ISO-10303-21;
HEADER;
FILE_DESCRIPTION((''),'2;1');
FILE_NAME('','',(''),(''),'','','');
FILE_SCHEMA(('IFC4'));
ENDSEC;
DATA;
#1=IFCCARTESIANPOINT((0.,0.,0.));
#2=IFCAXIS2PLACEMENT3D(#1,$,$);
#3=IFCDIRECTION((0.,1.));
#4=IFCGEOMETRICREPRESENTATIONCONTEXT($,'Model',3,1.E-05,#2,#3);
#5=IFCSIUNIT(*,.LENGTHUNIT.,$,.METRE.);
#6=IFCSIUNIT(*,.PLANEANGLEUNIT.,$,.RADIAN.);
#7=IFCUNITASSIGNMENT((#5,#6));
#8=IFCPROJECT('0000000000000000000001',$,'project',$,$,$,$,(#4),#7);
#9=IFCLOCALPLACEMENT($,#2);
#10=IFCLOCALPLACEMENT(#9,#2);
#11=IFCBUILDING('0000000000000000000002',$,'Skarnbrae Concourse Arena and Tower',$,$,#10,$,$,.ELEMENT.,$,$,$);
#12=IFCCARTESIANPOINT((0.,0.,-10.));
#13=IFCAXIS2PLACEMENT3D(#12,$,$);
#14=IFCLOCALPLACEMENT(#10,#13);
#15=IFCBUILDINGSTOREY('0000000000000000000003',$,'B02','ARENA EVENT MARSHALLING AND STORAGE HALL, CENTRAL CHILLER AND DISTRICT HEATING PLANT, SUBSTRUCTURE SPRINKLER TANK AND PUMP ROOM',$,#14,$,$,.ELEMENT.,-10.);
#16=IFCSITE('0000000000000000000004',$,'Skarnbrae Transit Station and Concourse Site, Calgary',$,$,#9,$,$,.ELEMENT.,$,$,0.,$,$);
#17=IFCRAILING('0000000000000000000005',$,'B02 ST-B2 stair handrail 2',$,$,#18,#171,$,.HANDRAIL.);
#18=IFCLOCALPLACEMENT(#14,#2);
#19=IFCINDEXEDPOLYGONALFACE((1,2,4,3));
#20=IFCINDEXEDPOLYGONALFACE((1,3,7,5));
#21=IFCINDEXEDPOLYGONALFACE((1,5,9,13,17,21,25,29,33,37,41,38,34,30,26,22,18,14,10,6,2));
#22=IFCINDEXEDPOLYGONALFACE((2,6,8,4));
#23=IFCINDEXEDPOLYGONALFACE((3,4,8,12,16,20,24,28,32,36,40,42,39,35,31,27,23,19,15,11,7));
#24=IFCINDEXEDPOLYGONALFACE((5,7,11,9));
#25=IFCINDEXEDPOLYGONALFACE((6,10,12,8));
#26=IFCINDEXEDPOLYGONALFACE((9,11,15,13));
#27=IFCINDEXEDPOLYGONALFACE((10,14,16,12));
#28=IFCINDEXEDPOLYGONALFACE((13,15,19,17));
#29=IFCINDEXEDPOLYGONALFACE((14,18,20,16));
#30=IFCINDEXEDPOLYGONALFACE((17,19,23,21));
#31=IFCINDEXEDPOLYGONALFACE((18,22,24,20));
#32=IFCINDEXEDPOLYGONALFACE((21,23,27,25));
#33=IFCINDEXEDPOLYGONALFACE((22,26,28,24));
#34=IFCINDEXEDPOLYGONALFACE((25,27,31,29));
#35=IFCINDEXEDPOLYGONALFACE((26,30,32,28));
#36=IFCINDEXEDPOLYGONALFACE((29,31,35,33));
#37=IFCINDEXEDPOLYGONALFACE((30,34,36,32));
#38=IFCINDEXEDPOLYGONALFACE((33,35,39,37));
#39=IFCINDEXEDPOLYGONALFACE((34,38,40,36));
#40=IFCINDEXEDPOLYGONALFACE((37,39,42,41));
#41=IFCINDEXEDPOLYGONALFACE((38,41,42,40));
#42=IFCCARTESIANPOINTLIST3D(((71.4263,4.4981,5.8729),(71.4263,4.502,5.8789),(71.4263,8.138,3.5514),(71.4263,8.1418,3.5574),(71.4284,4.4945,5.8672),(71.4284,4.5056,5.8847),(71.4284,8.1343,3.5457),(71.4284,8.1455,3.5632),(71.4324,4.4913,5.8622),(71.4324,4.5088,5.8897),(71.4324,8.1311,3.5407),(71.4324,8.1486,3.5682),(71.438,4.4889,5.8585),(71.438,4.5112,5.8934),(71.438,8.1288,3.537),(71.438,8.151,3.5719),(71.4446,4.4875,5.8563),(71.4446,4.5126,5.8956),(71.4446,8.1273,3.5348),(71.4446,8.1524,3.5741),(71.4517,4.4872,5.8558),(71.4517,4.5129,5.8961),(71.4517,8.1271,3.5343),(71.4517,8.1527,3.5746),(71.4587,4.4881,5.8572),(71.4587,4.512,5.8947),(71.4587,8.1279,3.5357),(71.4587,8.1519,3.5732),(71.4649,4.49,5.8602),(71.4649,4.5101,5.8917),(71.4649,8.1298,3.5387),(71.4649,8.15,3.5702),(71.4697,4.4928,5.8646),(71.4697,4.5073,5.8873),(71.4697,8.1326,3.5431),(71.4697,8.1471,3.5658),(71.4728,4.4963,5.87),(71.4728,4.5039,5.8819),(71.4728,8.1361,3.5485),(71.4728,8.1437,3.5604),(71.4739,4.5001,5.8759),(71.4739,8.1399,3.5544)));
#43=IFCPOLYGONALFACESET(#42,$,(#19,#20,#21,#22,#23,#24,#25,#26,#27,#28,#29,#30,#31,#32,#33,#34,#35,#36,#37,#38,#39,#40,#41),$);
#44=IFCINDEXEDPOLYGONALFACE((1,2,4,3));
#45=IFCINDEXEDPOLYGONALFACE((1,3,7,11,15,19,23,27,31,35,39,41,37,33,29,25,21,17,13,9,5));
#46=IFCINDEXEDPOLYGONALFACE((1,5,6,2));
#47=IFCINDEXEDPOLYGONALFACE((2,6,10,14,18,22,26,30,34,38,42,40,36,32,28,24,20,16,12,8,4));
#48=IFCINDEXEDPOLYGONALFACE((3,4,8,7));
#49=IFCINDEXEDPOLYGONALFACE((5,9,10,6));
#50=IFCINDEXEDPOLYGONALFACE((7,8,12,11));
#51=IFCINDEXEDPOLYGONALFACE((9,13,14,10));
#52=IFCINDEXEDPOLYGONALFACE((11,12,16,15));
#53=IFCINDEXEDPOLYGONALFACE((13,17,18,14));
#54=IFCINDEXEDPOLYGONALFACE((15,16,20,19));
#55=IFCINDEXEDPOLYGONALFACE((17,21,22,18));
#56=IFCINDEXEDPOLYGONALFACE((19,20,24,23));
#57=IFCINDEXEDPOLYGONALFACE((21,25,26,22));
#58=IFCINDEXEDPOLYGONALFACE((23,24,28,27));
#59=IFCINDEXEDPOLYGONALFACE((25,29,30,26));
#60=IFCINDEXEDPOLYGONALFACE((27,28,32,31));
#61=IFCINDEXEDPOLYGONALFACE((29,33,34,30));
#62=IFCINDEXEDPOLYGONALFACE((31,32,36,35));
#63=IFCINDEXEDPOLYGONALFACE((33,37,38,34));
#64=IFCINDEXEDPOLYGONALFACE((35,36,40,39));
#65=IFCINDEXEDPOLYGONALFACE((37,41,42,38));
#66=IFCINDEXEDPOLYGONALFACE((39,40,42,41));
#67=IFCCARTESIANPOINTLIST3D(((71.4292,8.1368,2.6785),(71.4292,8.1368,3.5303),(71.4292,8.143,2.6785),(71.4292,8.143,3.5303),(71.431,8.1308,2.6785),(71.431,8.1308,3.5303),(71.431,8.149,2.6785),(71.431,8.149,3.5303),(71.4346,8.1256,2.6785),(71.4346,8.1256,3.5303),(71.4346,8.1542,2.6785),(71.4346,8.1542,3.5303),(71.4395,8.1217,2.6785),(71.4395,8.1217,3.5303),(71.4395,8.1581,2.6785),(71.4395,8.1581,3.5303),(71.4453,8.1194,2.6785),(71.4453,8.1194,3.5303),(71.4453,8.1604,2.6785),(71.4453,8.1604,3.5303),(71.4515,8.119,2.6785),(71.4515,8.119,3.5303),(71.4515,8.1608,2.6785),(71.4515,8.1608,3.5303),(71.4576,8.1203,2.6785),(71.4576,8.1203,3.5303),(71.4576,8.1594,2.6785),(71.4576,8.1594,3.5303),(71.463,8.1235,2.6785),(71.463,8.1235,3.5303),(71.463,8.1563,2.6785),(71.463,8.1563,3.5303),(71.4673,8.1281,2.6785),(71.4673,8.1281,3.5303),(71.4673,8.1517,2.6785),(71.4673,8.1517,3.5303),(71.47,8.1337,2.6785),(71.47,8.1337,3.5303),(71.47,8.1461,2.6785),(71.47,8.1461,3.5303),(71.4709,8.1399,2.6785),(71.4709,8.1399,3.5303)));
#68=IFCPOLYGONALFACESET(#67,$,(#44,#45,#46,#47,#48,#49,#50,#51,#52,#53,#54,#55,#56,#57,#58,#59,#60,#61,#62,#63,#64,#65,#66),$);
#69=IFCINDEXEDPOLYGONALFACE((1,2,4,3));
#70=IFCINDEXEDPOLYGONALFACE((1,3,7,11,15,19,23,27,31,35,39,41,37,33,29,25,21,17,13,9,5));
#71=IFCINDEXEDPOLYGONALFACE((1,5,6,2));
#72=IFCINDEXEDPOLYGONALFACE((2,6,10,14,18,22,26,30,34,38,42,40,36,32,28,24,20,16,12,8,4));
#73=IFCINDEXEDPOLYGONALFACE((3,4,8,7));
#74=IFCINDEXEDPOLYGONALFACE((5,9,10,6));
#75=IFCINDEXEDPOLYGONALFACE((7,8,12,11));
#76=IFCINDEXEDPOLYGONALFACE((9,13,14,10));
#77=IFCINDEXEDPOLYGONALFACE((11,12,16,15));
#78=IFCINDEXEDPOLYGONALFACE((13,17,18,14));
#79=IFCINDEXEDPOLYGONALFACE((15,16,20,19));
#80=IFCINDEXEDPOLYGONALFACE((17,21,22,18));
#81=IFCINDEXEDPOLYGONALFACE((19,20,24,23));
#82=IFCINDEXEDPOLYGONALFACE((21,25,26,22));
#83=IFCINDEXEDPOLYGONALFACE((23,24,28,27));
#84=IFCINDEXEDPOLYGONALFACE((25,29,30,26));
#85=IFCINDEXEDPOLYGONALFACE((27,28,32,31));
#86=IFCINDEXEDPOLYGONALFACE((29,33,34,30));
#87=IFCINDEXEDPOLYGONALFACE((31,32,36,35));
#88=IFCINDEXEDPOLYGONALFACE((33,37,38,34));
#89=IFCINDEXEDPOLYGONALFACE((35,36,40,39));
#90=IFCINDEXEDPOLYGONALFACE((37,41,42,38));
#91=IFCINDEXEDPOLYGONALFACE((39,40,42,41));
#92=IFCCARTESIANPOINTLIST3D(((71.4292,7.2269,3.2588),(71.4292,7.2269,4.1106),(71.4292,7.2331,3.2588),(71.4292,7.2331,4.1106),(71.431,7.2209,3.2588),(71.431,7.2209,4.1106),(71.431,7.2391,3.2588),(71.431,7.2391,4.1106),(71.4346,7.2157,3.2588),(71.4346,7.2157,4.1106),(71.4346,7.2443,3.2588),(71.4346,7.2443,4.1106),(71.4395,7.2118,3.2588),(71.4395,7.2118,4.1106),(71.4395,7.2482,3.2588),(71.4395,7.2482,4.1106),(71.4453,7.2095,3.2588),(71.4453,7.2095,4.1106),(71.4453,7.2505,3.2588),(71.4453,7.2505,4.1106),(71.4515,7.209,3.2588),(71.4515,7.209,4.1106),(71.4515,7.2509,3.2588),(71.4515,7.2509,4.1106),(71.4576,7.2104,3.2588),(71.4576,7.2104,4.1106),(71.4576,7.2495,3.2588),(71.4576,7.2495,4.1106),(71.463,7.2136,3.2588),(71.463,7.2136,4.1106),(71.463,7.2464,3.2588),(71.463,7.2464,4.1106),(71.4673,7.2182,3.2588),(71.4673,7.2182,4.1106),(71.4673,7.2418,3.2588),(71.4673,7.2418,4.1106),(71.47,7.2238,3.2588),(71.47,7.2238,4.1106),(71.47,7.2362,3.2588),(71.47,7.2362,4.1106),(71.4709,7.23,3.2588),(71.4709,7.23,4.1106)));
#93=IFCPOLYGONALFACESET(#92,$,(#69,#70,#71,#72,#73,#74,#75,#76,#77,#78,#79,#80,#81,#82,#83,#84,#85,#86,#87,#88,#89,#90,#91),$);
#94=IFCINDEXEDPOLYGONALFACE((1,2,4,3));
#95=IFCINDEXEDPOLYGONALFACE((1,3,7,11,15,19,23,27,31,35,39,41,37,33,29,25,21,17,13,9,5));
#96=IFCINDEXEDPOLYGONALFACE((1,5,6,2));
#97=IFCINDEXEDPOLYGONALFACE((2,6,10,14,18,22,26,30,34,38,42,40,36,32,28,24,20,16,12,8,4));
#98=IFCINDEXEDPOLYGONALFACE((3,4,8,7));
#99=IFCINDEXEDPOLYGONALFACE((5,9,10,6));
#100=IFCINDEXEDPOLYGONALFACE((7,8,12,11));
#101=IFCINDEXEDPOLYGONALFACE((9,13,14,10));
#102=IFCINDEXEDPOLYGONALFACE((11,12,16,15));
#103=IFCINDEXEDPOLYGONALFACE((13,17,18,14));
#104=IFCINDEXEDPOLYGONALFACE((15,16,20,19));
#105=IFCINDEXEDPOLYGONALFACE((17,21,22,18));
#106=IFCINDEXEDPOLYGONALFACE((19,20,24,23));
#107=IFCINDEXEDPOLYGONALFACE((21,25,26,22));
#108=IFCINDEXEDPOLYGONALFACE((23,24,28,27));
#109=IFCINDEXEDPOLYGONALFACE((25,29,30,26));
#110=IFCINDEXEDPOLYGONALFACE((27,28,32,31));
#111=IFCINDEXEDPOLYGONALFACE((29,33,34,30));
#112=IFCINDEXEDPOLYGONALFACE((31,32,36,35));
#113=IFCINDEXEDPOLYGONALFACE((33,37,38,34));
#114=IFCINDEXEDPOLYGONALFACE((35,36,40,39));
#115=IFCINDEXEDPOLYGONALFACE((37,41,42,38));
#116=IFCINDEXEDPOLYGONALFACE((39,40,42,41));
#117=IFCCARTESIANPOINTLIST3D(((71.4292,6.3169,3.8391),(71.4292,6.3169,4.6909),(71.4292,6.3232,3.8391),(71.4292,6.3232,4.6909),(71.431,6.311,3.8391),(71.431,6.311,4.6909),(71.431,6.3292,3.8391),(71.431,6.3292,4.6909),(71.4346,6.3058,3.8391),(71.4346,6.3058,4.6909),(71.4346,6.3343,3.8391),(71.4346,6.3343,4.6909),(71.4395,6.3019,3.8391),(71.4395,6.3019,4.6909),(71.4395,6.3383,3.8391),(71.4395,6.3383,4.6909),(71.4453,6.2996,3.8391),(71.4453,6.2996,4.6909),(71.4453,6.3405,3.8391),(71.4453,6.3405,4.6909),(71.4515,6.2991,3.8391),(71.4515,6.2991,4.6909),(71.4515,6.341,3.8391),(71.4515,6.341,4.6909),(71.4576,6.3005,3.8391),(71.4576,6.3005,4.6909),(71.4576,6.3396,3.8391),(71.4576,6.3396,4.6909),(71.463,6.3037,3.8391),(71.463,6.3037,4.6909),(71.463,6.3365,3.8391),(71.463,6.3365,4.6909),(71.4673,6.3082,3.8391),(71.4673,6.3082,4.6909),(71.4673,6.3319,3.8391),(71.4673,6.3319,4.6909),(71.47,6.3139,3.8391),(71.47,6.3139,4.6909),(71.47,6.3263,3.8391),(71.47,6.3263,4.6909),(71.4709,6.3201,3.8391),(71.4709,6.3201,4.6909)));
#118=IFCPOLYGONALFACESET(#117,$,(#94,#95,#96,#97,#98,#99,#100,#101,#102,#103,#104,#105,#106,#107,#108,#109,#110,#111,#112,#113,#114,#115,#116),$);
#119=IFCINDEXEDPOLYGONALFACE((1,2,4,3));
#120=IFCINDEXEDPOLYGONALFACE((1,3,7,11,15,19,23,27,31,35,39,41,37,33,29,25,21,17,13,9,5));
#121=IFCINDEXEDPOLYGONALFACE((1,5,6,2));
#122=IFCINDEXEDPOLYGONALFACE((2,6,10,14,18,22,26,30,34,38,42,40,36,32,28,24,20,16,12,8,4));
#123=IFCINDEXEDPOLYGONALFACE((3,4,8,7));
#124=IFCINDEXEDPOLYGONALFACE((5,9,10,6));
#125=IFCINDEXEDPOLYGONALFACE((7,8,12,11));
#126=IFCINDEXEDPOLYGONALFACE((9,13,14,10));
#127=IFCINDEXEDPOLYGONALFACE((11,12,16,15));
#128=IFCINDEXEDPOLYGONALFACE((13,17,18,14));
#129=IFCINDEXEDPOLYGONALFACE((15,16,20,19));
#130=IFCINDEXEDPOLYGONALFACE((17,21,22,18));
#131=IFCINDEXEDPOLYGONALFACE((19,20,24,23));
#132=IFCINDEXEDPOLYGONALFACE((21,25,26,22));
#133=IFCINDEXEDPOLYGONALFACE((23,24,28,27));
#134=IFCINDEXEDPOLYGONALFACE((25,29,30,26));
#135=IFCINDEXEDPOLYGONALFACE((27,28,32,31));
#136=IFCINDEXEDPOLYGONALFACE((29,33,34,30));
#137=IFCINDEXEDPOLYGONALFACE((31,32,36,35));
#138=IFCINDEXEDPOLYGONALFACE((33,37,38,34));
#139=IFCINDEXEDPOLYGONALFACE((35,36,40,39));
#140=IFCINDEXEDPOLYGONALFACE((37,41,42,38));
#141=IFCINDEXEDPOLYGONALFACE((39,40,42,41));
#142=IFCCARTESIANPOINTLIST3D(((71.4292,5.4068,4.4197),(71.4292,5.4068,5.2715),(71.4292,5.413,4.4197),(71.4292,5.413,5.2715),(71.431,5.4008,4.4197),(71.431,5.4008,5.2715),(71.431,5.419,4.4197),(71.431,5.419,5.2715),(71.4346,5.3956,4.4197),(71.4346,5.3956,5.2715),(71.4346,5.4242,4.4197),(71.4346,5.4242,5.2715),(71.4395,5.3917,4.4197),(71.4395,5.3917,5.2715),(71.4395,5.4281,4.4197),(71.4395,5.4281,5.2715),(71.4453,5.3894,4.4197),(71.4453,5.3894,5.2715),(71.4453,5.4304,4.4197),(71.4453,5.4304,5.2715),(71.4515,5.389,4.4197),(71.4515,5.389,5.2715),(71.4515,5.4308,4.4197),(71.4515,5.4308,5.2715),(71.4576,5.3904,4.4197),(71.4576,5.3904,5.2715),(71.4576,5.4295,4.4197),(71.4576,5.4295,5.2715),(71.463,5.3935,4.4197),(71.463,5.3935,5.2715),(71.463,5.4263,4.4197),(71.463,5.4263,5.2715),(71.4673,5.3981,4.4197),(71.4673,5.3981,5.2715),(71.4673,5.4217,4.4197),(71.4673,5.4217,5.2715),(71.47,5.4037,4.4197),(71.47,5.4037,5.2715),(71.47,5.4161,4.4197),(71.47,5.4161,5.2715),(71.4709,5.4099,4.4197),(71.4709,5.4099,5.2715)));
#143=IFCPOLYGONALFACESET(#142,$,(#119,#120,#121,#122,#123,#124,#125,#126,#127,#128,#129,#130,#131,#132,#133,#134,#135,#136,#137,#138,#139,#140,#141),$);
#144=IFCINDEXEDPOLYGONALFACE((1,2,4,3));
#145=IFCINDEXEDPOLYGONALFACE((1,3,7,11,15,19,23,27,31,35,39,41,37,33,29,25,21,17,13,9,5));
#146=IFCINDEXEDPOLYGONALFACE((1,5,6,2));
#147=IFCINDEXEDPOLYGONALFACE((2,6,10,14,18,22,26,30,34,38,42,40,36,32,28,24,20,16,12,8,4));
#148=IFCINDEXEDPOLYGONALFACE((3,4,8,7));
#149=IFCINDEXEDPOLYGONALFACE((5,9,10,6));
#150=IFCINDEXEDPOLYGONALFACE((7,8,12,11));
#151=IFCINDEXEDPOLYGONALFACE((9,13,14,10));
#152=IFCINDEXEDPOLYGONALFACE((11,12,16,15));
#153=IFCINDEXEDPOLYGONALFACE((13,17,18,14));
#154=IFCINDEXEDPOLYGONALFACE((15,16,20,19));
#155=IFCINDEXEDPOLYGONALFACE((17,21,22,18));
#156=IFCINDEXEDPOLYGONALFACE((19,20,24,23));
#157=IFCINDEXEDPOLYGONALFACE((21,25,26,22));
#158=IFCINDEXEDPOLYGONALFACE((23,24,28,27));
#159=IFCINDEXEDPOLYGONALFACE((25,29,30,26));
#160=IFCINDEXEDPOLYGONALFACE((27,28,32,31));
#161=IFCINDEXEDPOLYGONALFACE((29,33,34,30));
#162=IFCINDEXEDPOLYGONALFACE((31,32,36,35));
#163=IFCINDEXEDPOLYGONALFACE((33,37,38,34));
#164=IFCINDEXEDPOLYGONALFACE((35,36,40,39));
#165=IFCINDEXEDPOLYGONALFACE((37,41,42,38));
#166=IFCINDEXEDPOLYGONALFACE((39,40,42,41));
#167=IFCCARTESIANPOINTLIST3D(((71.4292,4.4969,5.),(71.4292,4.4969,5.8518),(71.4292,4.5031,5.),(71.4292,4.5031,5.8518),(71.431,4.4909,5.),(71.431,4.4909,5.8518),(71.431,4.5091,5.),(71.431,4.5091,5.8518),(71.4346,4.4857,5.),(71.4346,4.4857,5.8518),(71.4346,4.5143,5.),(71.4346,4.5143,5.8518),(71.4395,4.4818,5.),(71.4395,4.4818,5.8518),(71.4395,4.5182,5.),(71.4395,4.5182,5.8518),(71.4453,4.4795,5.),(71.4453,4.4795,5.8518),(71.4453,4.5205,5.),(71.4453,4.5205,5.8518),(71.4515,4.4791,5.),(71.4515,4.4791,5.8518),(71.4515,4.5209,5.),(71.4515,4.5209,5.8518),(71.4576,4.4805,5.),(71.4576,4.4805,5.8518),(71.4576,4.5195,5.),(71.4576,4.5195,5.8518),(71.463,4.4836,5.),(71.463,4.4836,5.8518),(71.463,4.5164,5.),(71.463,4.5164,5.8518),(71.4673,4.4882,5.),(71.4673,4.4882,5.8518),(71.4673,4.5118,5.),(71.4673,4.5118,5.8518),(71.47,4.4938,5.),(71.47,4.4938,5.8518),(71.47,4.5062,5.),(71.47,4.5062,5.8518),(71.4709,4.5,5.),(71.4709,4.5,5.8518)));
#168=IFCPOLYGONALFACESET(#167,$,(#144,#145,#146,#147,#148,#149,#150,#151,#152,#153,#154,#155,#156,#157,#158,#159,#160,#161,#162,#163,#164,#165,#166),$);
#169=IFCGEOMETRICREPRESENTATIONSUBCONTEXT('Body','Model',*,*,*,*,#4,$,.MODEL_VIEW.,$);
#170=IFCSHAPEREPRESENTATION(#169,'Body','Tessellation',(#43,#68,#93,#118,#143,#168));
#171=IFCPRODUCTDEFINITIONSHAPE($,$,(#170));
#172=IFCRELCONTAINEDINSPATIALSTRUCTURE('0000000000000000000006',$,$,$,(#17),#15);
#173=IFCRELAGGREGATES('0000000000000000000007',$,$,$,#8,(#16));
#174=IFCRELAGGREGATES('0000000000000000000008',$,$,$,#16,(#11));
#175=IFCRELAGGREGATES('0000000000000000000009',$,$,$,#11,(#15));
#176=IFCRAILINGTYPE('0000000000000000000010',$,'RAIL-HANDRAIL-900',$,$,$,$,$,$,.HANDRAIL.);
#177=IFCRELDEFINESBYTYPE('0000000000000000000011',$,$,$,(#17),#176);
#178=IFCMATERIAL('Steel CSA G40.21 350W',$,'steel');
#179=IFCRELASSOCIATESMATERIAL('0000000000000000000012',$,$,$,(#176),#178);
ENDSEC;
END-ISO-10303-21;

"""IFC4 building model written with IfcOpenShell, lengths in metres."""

from ifc_helpers import new_model, si_unit, direction, frame, origin, origin_2d, place, context, subcontext, project, spatial, circle, extrude, material, type_object, element, save


model = new_model("IFC4")

# Units and contexts
model_context = context("Model", 3, precision=1e-05, world=origin(), true_north=direction((0.0, 1.0)))
body_context = subcontext(model_context, "Body", "Model", "MODEL_VIEW")
ifc_project = project(units=[si_unit("LENGTHUNIT", "METRE"), si_unit("PLANEANGLEUNIT", "RADIAN")], contexts=[model_context])

# Site, building, storey
site_placement = place(None, origin())
site = spatial("IfcSite", under=ifc_project, at=site_placement, Name="Skarnbrae Transit Station and Concourse Site, Calgary", CompositionType="ELEMENT", RefElevation=0.0)
building_placement = place(site_placement, origin())
building = spatial("IfcBuilding", under=site, at=building_placement, Name="Skarnbrae Concourse Arena and Tower", CompositionType="ELEMENT")
storey_placement = place(building_placement, frame((0.0, 0.0, -10.0)))
storey = spatial("IfcBuildingStorey", under=building, at=storey_placement, Name="B02", Description="ARENA EVENT MARSHALLING AND STORAGE HALL, CENTRAL CHILLER AND DISTRICT HEATING PLANT, SUBSTRUCTURE SPRINKLER TANK AND PUMP ROOM", CompositionType="ELEMENT", Elevation=-10.0)

# Shared definitions
ifc_material_1 = material(Name="Steel CSA G40.21 350W", Category="steel")

# Railing
railing_type_1 = type_object("IfcRailingType", Name="RAIL-HANDRAIL-900", PredefinedType="HANDRAIL", material=ifc_material_1)
for number, where, name in (
    (1, (71.45, 8.1399, 2.6785), "B02 ST-B2 stair handrail 2"),
):
    element("IfcRailing", number, at=place(storey_placement, frame(where)), inside=storey, type_object=railing_type_1, Name=name, PredefinedType="HANDRAIL", context=body_context, shape_type="SweptSolid", body=[
        extrude(circle(Radius=0.0239, at=origin_2d()), frame((0.0, 0.0, 0.876), z_axis=(0.0, -0.843112, 0.537739), x_axis=(1.0, 0.0, 0.0)), (0.0, 0.0, 1.0), 4.3171),
        extrude(circle(Radius=0.021, at=origin_2d()), origin(), (0.0, 0.0, 1.0), 0.8518),
        extrude(circle(Radius=0.021, at=origin_2d()), frame((0.0, -0.9099, 0.5803)), (0.0, 0.0, 1.0), 0.8518),
        extrude(circle(Radius=0.021, at=origin_2d()), frame((0.0, -1.8198, 1.1606)), (0.0, 0.0, 1.0), 0.8518),
        extrude(circle(Radius=0.021, at=origin_2d()), frame((0.0, -2.73, 1.7412)), (0.0, 0.0, 1.0), 0.8518),
        extrude(circle(Radius=0.021, at=origin_2d()), frame((0.0, -3.6399, 2.3215)), (0.0, 0.0, 1.0), 0.8518),
    ])

save(model, "model.ifc")
